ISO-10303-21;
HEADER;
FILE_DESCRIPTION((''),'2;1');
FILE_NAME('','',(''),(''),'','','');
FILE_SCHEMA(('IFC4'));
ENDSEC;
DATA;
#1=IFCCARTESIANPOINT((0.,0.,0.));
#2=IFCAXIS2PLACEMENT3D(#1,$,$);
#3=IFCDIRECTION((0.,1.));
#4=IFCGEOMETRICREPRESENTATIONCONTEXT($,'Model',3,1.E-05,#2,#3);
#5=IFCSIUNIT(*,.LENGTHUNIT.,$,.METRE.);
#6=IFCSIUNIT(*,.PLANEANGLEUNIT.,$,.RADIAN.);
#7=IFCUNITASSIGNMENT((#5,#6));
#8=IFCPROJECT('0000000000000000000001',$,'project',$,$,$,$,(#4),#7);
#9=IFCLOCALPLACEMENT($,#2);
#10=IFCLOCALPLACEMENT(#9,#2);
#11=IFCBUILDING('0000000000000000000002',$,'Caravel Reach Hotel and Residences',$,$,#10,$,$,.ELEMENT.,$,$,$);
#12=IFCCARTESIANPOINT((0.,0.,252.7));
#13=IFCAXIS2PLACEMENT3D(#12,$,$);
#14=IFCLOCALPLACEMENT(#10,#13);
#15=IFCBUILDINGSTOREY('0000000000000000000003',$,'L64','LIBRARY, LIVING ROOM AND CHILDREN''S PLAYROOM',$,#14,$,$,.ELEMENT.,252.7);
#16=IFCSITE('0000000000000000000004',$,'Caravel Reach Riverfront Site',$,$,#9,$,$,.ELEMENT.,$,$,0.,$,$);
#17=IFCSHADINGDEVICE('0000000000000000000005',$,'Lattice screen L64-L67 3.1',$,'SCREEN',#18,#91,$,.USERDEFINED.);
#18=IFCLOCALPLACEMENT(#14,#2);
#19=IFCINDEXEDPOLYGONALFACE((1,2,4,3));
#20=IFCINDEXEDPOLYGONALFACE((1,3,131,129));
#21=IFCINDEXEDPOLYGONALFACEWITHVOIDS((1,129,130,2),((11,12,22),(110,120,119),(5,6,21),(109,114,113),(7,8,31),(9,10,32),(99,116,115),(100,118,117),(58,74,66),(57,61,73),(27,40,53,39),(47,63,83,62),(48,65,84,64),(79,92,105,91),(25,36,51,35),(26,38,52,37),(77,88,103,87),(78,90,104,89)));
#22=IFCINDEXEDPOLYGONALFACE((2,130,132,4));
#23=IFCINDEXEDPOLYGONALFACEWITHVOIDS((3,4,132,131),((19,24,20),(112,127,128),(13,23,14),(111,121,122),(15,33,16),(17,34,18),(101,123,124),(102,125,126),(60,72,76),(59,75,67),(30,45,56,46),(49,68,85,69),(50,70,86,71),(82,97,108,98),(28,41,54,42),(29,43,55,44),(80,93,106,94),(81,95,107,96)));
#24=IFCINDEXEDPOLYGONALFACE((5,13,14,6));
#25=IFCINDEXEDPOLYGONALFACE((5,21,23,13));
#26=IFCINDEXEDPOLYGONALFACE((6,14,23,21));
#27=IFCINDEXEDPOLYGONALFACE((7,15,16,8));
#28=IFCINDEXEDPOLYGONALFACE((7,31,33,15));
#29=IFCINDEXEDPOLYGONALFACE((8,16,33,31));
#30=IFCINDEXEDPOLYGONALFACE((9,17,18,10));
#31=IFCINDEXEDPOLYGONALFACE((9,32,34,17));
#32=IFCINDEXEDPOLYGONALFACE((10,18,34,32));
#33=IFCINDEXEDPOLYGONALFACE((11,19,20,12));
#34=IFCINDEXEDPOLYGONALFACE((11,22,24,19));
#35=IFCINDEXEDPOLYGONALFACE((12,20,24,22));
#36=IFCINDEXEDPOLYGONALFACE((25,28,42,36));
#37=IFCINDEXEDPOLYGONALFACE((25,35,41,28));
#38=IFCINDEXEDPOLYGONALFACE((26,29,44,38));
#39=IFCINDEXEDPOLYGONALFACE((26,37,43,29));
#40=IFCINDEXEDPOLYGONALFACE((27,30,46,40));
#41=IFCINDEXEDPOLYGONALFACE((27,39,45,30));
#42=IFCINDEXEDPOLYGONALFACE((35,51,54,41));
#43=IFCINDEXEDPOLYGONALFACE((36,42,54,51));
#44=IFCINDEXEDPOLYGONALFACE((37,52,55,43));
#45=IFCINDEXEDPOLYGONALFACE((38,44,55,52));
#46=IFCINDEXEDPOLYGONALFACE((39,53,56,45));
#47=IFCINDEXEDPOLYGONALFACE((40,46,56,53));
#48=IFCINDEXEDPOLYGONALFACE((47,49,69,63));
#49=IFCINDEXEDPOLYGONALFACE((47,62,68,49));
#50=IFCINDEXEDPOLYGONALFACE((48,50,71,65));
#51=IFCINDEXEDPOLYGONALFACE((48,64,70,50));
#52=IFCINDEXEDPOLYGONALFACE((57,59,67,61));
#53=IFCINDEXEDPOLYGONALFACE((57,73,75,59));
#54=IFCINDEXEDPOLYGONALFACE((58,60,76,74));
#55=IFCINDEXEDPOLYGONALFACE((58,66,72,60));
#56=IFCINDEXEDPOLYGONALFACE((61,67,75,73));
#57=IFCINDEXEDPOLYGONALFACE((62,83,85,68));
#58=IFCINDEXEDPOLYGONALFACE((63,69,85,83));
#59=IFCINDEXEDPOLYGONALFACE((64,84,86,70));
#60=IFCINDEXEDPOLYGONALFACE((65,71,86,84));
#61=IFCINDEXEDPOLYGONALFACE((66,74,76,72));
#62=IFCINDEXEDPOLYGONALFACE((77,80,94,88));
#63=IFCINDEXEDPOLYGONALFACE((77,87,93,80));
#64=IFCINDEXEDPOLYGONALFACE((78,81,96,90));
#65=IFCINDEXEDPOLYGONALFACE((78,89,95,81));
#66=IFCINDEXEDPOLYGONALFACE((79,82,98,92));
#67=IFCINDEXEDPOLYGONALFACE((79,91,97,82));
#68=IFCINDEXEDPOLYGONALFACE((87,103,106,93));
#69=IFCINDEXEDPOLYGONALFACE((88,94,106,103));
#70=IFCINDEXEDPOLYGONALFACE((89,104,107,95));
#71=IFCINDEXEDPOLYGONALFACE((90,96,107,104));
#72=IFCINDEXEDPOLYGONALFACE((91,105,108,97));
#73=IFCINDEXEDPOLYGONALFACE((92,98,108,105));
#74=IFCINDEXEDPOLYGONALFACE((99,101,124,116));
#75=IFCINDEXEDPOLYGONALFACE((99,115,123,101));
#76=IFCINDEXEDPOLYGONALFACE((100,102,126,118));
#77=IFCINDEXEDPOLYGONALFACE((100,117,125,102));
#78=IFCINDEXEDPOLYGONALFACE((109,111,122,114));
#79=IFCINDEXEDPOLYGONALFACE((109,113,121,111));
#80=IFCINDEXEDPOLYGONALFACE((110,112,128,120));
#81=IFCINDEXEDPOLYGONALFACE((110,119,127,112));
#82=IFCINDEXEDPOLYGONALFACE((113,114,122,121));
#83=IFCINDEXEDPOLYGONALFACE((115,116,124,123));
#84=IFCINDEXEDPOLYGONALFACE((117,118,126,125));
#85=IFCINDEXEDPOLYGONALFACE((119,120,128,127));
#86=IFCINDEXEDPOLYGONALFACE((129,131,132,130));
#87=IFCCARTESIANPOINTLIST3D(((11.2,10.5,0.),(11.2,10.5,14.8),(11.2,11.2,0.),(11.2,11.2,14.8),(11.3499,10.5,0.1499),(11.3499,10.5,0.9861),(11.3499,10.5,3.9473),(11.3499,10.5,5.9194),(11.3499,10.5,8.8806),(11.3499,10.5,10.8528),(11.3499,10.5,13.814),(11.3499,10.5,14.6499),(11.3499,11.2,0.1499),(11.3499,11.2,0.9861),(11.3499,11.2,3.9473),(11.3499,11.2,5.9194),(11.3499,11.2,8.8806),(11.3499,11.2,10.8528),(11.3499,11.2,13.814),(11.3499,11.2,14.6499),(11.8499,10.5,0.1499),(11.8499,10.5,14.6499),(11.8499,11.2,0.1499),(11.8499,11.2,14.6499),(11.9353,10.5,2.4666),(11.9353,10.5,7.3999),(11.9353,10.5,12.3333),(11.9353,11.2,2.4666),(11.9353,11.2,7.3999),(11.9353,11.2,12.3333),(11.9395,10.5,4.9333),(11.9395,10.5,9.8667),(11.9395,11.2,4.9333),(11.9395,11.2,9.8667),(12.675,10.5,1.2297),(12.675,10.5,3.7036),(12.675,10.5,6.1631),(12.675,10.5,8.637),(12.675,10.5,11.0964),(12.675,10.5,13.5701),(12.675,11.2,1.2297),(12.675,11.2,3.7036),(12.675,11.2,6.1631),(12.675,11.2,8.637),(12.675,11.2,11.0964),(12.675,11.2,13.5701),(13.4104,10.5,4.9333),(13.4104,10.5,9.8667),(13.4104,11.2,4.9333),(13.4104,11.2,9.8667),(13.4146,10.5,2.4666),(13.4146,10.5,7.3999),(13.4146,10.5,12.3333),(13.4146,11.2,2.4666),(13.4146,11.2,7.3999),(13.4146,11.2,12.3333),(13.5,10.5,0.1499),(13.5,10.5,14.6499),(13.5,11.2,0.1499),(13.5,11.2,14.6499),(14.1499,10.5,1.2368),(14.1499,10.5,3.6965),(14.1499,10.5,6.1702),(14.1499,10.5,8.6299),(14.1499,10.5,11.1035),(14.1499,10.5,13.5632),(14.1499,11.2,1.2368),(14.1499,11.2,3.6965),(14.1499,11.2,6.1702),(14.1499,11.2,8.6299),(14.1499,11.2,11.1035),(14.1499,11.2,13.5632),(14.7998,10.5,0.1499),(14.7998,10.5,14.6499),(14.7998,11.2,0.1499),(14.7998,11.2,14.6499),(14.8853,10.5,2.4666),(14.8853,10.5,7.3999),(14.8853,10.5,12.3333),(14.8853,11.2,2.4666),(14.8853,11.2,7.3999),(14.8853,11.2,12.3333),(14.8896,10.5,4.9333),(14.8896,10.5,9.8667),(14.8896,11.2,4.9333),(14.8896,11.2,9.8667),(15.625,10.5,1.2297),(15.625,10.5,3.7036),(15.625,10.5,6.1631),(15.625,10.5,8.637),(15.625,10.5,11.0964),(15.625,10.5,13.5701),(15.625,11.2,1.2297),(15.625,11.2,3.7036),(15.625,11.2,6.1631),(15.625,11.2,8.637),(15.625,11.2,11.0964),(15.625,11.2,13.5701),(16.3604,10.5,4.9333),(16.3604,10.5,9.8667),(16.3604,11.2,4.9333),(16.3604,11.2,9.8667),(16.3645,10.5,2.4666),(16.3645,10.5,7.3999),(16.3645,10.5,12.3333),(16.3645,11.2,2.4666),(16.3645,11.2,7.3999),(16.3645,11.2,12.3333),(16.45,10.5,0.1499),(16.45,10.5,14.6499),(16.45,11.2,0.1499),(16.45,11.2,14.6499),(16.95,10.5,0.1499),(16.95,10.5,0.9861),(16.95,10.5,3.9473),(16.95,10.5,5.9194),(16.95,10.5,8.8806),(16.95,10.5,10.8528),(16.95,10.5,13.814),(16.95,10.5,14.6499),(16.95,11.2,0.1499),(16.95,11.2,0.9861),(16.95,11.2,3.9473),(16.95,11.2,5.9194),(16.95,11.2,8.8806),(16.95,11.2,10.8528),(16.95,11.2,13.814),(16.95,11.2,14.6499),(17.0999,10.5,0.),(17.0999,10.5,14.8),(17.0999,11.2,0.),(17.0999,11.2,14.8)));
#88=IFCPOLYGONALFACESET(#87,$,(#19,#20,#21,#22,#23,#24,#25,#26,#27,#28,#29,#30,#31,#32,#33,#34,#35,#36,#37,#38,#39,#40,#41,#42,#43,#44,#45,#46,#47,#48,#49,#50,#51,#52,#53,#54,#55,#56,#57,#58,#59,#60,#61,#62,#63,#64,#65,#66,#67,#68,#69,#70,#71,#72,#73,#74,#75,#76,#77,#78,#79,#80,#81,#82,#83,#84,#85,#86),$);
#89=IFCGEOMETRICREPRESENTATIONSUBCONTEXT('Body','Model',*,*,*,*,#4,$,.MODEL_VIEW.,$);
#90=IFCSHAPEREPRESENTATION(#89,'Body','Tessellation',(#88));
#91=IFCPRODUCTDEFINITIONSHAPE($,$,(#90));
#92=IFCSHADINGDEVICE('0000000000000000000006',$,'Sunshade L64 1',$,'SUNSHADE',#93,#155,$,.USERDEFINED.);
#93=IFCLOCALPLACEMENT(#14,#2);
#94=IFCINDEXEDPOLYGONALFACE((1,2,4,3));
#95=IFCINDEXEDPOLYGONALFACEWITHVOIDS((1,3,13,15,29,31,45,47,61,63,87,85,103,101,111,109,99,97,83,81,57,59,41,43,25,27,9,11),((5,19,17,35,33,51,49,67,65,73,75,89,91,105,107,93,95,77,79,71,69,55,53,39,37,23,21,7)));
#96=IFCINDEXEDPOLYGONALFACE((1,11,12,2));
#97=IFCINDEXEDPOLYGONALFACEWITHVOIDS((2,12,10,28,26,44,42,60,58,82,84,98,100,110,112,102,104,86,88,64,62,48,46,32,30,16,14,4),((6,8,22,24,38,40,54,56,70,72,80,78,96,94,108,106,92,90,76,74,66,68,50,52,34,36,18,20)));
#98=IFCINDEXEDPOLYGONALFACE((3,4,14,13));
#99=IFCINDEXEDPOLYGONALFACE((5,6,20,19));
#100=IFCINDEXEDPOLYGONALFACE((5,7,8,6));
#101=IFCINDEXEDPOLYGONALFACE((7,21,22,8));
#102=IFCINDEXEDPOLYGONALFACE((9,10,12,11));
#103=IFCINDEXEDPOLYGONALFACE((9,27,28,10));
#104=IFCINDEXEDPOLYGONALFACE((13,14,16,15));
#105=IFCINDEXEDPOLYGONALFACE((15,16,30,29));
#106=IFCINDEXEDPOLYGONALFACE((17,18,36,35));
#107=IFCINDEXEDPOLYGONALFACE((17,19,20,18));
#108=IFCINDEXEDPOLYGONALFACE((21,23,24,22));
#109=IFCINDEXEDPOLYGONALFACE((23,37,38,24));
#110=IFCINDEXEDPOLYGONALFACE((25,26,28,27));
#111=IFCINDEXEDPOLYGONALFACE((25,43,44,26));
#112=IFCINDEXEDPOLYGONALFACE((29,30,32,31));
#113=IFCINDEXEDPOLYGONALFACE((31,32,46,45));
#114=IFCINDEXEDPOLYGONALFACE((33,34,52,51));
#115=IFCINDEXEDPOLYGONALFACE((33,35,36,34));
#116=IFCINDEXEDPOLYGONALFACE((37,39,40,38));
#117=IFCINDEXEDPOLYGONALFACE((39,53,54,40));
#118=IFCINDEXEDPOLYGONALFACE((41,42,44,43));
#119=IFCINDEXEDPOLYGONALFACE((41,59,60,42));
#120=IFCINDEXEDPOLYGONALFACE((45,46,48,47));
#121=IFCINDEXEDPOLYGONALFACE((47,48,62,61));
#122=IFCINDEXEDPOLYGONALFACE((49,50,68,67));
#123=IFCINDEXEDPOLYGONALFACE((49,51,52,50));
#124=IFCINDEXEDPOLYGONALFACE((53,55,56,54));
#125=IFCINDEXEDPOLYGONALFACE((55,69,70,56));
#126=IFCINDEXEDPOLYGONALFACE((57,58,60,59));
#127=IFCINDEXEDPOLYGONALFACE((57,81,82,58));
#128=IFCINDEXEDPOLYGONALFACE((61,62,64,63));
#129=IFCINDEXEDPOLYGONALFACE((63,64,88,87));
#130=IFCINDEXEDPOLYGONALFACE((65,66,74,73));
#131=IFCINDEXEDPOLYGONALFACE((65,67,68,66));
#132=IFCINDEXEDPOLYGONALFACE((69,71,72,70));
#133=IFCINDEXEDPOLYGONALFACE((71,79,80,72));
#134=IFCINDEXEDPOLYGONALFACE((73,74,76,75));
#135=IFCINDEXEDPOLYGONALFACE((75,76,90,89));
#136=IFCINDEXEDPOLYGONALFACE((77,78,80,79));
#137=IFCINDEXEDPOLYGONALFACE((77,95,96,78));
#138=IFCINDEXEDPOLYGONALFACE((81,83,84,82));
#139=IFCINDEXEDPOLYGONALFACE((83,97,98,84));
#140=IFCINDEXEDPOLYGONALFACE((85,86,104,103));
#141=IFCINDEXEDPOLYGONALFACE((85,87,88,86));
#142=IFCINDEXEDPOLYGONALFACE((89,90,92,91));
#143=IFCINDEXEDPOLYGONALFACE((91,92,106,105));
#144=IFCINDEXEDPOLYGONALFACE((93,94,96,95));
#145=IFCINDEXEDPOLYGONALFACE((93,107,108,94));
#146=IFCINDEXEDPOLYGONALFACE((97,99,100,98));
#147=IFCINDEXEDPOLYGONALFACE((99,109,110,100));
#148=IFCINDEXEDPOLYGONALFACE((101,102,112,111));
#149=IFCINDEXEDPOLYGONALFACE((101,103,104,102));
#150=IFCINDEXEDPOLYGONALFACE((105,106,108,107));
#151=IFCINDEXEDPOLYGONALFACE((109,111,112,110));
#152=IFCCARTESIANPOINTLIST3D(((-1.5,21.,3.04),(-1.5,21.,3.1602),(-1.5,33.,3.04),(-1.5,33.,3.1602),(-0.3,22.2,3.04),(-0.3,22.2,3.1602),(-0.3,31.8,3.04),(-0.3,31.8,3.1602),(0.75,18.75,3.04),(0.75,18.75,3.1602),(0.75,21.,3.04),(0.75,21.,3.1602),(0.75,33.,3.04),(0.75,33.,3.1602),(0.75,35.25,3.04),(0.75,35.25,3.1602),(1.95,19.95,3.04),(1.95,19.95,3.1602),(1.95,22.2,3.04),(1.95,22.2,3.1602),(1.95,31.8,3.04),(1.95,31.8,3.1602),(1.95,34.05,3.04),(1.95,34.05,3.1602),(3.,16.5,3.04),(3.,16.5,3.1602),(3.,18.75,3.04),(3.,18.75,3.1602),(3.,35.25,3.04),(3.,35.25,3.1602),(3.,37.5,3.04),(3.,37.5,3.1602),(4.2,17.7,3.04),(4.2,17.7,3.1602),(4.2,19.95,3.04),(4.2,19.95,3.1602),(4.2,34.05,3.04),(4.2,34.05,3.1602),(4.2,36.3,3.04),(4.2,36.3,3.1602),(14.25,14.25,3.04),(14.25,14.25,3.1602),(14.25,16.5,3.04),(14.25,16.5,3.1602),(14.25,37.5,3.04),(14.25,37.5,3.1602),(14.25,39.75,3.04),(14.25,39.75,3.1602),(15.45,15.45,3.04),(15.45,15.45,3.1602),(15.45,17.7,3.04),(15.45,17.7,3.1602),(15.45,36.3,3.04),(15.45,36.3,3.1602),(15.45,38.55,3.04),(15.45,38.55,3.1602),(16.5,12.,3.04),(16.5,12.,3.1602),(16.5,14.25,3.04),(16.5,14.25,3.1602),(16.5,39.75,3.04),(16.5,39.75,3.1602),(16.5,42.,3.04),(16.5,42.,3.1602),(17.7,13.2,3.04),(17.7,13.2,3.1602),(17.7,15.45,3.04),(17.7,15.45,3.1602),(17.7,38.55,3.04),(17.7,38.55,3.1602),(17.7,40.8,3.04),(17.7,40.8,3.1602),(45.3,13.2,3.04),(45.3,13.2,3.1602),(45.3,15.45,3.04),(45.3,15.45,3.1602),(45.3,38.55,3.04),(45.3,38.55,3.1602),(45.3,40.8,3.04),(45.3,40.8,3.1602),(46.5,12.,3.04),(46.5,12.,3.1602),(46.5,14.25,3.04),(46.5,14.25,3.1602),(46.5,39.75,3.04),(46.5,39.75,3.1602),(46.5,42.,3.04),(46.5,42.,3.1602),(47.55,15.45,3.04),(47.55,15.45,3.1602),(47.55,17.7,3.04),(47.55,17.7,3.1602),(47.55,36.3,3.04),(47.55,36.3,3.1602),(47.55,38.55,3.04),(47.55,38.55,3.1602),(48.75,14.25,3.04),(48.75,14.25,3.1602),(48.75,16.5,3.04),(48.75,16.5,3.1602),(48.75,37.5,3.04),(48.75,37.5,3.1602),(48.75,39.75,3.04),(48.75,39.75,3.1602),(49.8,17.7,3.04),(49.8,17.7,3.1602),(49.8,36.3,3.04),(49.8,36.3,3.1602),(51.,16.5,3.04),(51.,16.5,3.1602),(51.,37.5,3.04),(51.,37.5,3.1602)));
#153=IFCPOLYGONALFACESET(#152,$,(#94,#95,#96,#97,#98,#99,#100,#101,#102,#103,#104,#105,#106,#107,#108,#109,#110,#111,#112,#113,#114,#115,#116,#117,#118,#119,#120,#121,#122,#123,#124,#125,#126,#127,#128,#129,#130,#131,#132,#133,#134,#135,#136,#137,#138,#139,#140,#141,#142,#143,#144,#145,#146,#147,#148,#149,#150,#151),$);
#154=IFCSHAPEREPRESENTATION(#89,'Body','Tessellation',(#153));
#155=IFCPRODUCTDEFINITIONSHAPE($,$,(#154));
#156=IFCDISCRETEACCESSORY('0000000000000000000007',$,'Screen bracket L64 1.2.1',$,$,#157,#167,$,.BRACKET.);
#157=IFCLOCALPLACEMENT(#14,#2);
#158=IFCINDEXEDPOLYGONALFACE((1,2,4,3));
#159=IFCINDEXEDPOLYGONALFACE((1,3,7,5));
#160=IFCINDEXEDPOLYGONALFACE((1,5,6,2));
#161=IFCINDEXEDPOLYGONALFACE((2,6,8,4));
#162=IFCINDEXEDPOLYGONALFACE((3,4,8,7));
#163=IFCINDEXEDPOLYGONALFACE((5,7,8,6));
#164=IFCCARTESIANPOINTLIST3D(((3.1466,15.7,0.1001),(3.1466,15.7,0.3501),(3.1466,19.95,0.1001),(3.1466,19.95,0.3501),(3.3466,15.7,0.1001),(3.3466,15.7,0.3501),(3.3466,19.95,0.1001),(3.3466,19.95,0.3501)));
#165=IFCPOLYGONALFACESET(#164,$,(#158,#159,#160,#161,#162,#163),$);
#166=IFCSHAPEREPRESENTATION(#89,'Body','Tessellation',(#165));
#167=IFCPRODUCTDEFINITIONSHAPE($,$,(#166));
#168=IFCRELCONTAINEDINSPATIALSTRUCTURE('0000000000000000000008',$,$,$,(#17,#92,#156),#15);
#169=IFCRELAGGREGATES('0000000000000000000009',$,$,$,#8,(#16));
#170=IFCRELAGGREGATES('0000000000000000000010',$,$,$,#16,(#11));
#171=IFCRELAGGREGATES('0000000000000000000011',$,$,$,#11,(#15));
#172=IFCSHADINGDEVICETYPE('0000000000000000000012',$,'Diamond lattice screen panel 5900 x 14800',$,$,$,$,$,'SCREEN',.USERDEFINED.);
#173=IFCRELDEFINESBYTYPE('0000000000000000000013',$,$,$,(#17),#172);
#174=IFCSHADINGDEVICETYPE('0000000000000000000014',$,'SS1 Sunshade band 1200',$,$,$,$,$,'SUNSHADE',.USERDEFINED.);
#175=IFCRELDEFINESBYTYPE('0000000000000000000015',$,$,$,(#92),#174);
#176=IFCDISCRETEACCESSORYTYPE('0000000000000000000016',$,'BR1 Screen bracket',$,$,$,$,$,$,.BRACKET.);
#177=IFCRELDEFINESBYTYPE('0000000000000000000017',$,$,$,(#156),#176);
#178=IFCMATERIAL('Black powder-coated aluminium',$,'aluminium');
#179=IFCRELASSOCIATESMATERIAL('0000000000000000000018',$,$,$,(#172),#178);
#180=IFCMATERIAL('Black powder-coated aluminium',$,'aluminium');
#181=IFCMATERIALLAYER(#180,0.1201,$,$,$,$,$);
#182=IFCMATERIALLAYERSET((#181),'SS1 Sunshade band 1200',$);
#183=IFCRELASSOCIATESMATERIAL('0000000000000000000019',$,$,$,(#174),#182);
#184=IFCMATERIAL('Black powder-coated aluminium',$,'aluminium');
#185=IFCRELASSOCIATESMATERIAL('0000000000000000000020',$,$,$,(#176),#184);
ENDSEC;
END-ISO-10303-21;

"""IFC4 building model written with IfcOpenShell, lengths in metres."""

from ifc_helpers import new_model, si_unit, direction, frame, origin, origin_2d, place, context, subcontext, project, spatial, polyline, rectangle, outline, extrude, material, layer, layer_set, type_object, element, save


model = new_model("IFC4")

# Units and contexts
model_context = context("Model", 3, precision=1e-05, world=origin(), true_north=direction((0.0, 1.0)))
body_context = subcontext(model_context, "Body", "Model", "MODEL_VIEW")
ifc_project = project(units=[si_unit("LENGTHUNIT", "METRE"), si_unit("PLANEANGLEUNIT", "RADIAN")], contexts=[model_context])

# Site, building, storey
site_placement = place(None, origin())
site = spatial("IfcSite", under=ifc_project, at=site_placement, Name="Caravel Reach Riverfront Site", CompositionType="ELEMENT", RefElevation=0.0)
building_placement = place(site_placement, origin())
building = spatial("IfcBuilding", under=site, at=building_placement, Name="Caravel Reach Hotel and Residences", CompositionType="ELEMENT")
storey_placement = place(building_placement, frame((0.0, 0.0, 252.7)))
storey = spatial("IfcBuildingStorey", under=building, at=storey_placement, Name="L64", Description="LIBRARY, LIVING ROOM AND CHILDREN'S PLAYROOM", CompositionType="ELEMENT", Elevation=252.7)

# Shading devices
ifc_material_1 = material(Name="Black powder-coated aluminium", Category="aluminium")
shading_device_type_1 = type_object("IfcShadingDeviceType", Name="Diamond lattice screen panel 5900 x 14800", ElementType="SCREEN", PredefinedType="USERDEFINED", material=ifc_material_1)
shading_device_1_placement = place(storey_placement, frame((11.2, 11.2, 0.0), z_axis=(0.0, -1.0, 0.0), x_axis=(1.0, 0.0, 0.0)))
element("IfcShadingDevice", 1, at=shading_device_1_placement, inside=storey, type_object=shading_device_type_1, Name="Lattice screen L64-L67 3.1", ObjectType="SCREEN", PredefinedType="USERDEFINED", context=body_context, shape_type="SweptSolid", body=[
    extrude(outline(polyline([(0.0, 0.0), (5.8999, 0.0), (5.8999, 14.8), (0.0, 14.8), (0.0, 0.0)]), holes=[polyline([(0.6499, 0.1499), (0.1499, 0.9861), (0.1499, 0.1499), (0.6499, 0.1499)]), polyline([(0.7395, 4.9333), (0.1499, 5.9194), (0.1499, 3.9473), (0.7395, 4.9333)]), polyline([(0.7395, 9.8667), (0.1499, 10.8528), (0.1499, 8.8806), (0.7395, 9.8667)]), polyline([(0.1499, 13.814), (0.6499, 14.6499), (0.1499, 14.6499), (0.1499, 13.814)]), polyline([(1.4751, 3.7036), (0.7354, 2.4666), (1.4751, 1.2297), (2.2146, 2.4666), (1.4751, 3.7036)]), polyline([(1.4751, 8.637), (0.7354, 7.3999), (1.4751, 6.1631), (2.2146, 7.3999), (1.4751, 8.637)]), polyline([(1.4751, 13.5701), (0.7354, 12.3333), (1.4751, 11.0964), (2.2146, 12.3333), (1.4751, 13.5701)]), polyline([(2.95, 1.2368), (2.3, 0.1499), (3.5999, 0.1499), (2.95, 1.2368)]), polyline([(2.95, 6.1702), (2.2104, 4.9333), (2.95, 3.6965), (3.6897, 4.9333), (2.95, 6.1702)]), polyline([(2.95, 11.1035), (2.2104, 9.8667), (2.95, 8.6299), (3.6897, 9.8667), (2.95, 11.1035)]), polyline([(2.95, 13.5632), (3.5999, 14.6499), (2.3, 14.6499), (2.95, 13.5632)]), polyline([(4.425, 3.7036), (3.6853, 2.4666), (4.425, 1.2297), (5.1646, 2.4666), (4.425, 3.7036)]), polyline([(4.425, 8.637), (3.6853, 7.3999), (4.425, 6.1631), (5.1646, 7.3999), (4.425, 8.637)]), polyline([(4.425, 13.5701), (3.6853, 12.3333), (4.425, 11.0964), (5.1646, 12.3333), (4.425, 13.5701)]), polyline([(5.75, 0.9861), (5.25, 0.1499), (5.75, 0.1499), (5.75, 0.9861)]), polyline([(5.1604, 4.9333), (5.75, 3.9473), (5.75, 5.9194), (5.1604, 4.9333)]), polyline([(5.1604, 9.8667), (5.75, 8.8806), (5.75, 10.8528), (5.1604, 9.8667)]), polyline([(5.25, 14.6499), (5.75, 13.814), (5.75, 14.6499), (5.25, 14.6499)])]), origin(), (0.0, 0.0, 1.0), 0.7),
])
ifc_material_2 = material(Name="Black powder-coated aluminium", Category="aluminium")
ifc_layer_1 = layer(ifc_material_2, 0.1201)
ifc_layer_set_1 = layer_set([ifc_layer_1], Name="SS1 Sunshade band 1200")
shading_device_type_2 = type_object("IfcShadingDeviceType", Name="SS1 Sunshade band 1200", ElementType="SUNSHADE", PredefinedType="USERDEFINED", material=ifc_layer_set_1)
shading_device_2_placement = place(storey_placement, frame((0.0, 0.0, 3.04)))
element("IfcShadingDevice", 2, at=shading_device_2_placement, inside=storey, type_object=shading_device_type_2, Name="Sunshade L64 1", ObjectType="SUNSHADE", PredefinedType="USERDEFINED", context=body_context, shape_type="SweptSolid", body=[
    extrude(outline(polyline([(3.0, 16.5), (14.25, 16.5), (14.25, 14.25), (16.5, 14.25), (16.5, 12.0), (46.5, 12.0), (46.5, 14.25), (48.75, 14.25), (48.75, 16.5), (51.0, 16.5), (51.0, 37.5), (48.75, 37.5), (48.75, 39.75), (46.5, 39.75), (46.5, 42.0), (16.5, 42.0), (16.5, 39.75), (14.25, 39.75), (14.25, 37.5), (3.0, 37.5), (3.0, 35.25), (0.75, 35.25), (0.75, 33.0), (-1.5, 33.0), (-1.5, 21.0), (0.75, 21.0), (0.75, 18.75), (3.0, 18.75), (3.0, 16.5)]), holes=[polyline([(15.45, 15.45), (15.45, 17.7), (4.2, 17.7), (4.2, 19.95), (1.95, 19.95), (1.95, 22.2), (-0.3, 22.2), (-0.3, 31.8), (1.95, 31.8), (1.95, 34.05), (4.2, 34.05), (4.2, 36.3), (15.45, 36.3), (15.45, 38.55), (17.7, 38.55), (17.7, 40.8), (45.3, 40.8), (45.3, 38.55), (47.55, 38.55), (47.55, 36.3), (49.8, 36.3), (49.8, 17.7), (47.55, 17.7), (47.55, 15.45), (45.3, 15.45), (45.3, 13.2), (17.7, 13.2), (17.7, 15.45), (15.45, 15.45)])]), origin(), (0.0, 0.0, 1.0), 0.1201),
])

# Discrete accessory
ifc_material_3 = material(Name="Black powder-coated aluminium", Category="aluminium")
discrete_accessory_type = type_object("IfcDiscreteAccessoryType", Name="BR1 Screen bracket", PredefinedType="BRACKET", material=ifc_material_3)
discrete_accessory_1_placement = place(storey_placement, frame((3.2466, 17.825, 0.1001), z_axis=(0.0, 0.0, 1.0), x_axis=(0.0, -1.0, 0.0)))
element("IfcDiscreteAccessory", 3, at=discrete_accessory_1_placement, inside=storey, type_object=discrete_accessory_type, Name="Screen bracket L64 1.2.1", PredefinedType="BRACKET", context=body_context, shape_type="SweptSolid", body=[
    extrude(rectangle(XDim=4.25, YDim=0.2, at=origin_2d()), origin(), (0.0, 0.0, 1.0), 0.25),
])

save(model, "model.ifc")
